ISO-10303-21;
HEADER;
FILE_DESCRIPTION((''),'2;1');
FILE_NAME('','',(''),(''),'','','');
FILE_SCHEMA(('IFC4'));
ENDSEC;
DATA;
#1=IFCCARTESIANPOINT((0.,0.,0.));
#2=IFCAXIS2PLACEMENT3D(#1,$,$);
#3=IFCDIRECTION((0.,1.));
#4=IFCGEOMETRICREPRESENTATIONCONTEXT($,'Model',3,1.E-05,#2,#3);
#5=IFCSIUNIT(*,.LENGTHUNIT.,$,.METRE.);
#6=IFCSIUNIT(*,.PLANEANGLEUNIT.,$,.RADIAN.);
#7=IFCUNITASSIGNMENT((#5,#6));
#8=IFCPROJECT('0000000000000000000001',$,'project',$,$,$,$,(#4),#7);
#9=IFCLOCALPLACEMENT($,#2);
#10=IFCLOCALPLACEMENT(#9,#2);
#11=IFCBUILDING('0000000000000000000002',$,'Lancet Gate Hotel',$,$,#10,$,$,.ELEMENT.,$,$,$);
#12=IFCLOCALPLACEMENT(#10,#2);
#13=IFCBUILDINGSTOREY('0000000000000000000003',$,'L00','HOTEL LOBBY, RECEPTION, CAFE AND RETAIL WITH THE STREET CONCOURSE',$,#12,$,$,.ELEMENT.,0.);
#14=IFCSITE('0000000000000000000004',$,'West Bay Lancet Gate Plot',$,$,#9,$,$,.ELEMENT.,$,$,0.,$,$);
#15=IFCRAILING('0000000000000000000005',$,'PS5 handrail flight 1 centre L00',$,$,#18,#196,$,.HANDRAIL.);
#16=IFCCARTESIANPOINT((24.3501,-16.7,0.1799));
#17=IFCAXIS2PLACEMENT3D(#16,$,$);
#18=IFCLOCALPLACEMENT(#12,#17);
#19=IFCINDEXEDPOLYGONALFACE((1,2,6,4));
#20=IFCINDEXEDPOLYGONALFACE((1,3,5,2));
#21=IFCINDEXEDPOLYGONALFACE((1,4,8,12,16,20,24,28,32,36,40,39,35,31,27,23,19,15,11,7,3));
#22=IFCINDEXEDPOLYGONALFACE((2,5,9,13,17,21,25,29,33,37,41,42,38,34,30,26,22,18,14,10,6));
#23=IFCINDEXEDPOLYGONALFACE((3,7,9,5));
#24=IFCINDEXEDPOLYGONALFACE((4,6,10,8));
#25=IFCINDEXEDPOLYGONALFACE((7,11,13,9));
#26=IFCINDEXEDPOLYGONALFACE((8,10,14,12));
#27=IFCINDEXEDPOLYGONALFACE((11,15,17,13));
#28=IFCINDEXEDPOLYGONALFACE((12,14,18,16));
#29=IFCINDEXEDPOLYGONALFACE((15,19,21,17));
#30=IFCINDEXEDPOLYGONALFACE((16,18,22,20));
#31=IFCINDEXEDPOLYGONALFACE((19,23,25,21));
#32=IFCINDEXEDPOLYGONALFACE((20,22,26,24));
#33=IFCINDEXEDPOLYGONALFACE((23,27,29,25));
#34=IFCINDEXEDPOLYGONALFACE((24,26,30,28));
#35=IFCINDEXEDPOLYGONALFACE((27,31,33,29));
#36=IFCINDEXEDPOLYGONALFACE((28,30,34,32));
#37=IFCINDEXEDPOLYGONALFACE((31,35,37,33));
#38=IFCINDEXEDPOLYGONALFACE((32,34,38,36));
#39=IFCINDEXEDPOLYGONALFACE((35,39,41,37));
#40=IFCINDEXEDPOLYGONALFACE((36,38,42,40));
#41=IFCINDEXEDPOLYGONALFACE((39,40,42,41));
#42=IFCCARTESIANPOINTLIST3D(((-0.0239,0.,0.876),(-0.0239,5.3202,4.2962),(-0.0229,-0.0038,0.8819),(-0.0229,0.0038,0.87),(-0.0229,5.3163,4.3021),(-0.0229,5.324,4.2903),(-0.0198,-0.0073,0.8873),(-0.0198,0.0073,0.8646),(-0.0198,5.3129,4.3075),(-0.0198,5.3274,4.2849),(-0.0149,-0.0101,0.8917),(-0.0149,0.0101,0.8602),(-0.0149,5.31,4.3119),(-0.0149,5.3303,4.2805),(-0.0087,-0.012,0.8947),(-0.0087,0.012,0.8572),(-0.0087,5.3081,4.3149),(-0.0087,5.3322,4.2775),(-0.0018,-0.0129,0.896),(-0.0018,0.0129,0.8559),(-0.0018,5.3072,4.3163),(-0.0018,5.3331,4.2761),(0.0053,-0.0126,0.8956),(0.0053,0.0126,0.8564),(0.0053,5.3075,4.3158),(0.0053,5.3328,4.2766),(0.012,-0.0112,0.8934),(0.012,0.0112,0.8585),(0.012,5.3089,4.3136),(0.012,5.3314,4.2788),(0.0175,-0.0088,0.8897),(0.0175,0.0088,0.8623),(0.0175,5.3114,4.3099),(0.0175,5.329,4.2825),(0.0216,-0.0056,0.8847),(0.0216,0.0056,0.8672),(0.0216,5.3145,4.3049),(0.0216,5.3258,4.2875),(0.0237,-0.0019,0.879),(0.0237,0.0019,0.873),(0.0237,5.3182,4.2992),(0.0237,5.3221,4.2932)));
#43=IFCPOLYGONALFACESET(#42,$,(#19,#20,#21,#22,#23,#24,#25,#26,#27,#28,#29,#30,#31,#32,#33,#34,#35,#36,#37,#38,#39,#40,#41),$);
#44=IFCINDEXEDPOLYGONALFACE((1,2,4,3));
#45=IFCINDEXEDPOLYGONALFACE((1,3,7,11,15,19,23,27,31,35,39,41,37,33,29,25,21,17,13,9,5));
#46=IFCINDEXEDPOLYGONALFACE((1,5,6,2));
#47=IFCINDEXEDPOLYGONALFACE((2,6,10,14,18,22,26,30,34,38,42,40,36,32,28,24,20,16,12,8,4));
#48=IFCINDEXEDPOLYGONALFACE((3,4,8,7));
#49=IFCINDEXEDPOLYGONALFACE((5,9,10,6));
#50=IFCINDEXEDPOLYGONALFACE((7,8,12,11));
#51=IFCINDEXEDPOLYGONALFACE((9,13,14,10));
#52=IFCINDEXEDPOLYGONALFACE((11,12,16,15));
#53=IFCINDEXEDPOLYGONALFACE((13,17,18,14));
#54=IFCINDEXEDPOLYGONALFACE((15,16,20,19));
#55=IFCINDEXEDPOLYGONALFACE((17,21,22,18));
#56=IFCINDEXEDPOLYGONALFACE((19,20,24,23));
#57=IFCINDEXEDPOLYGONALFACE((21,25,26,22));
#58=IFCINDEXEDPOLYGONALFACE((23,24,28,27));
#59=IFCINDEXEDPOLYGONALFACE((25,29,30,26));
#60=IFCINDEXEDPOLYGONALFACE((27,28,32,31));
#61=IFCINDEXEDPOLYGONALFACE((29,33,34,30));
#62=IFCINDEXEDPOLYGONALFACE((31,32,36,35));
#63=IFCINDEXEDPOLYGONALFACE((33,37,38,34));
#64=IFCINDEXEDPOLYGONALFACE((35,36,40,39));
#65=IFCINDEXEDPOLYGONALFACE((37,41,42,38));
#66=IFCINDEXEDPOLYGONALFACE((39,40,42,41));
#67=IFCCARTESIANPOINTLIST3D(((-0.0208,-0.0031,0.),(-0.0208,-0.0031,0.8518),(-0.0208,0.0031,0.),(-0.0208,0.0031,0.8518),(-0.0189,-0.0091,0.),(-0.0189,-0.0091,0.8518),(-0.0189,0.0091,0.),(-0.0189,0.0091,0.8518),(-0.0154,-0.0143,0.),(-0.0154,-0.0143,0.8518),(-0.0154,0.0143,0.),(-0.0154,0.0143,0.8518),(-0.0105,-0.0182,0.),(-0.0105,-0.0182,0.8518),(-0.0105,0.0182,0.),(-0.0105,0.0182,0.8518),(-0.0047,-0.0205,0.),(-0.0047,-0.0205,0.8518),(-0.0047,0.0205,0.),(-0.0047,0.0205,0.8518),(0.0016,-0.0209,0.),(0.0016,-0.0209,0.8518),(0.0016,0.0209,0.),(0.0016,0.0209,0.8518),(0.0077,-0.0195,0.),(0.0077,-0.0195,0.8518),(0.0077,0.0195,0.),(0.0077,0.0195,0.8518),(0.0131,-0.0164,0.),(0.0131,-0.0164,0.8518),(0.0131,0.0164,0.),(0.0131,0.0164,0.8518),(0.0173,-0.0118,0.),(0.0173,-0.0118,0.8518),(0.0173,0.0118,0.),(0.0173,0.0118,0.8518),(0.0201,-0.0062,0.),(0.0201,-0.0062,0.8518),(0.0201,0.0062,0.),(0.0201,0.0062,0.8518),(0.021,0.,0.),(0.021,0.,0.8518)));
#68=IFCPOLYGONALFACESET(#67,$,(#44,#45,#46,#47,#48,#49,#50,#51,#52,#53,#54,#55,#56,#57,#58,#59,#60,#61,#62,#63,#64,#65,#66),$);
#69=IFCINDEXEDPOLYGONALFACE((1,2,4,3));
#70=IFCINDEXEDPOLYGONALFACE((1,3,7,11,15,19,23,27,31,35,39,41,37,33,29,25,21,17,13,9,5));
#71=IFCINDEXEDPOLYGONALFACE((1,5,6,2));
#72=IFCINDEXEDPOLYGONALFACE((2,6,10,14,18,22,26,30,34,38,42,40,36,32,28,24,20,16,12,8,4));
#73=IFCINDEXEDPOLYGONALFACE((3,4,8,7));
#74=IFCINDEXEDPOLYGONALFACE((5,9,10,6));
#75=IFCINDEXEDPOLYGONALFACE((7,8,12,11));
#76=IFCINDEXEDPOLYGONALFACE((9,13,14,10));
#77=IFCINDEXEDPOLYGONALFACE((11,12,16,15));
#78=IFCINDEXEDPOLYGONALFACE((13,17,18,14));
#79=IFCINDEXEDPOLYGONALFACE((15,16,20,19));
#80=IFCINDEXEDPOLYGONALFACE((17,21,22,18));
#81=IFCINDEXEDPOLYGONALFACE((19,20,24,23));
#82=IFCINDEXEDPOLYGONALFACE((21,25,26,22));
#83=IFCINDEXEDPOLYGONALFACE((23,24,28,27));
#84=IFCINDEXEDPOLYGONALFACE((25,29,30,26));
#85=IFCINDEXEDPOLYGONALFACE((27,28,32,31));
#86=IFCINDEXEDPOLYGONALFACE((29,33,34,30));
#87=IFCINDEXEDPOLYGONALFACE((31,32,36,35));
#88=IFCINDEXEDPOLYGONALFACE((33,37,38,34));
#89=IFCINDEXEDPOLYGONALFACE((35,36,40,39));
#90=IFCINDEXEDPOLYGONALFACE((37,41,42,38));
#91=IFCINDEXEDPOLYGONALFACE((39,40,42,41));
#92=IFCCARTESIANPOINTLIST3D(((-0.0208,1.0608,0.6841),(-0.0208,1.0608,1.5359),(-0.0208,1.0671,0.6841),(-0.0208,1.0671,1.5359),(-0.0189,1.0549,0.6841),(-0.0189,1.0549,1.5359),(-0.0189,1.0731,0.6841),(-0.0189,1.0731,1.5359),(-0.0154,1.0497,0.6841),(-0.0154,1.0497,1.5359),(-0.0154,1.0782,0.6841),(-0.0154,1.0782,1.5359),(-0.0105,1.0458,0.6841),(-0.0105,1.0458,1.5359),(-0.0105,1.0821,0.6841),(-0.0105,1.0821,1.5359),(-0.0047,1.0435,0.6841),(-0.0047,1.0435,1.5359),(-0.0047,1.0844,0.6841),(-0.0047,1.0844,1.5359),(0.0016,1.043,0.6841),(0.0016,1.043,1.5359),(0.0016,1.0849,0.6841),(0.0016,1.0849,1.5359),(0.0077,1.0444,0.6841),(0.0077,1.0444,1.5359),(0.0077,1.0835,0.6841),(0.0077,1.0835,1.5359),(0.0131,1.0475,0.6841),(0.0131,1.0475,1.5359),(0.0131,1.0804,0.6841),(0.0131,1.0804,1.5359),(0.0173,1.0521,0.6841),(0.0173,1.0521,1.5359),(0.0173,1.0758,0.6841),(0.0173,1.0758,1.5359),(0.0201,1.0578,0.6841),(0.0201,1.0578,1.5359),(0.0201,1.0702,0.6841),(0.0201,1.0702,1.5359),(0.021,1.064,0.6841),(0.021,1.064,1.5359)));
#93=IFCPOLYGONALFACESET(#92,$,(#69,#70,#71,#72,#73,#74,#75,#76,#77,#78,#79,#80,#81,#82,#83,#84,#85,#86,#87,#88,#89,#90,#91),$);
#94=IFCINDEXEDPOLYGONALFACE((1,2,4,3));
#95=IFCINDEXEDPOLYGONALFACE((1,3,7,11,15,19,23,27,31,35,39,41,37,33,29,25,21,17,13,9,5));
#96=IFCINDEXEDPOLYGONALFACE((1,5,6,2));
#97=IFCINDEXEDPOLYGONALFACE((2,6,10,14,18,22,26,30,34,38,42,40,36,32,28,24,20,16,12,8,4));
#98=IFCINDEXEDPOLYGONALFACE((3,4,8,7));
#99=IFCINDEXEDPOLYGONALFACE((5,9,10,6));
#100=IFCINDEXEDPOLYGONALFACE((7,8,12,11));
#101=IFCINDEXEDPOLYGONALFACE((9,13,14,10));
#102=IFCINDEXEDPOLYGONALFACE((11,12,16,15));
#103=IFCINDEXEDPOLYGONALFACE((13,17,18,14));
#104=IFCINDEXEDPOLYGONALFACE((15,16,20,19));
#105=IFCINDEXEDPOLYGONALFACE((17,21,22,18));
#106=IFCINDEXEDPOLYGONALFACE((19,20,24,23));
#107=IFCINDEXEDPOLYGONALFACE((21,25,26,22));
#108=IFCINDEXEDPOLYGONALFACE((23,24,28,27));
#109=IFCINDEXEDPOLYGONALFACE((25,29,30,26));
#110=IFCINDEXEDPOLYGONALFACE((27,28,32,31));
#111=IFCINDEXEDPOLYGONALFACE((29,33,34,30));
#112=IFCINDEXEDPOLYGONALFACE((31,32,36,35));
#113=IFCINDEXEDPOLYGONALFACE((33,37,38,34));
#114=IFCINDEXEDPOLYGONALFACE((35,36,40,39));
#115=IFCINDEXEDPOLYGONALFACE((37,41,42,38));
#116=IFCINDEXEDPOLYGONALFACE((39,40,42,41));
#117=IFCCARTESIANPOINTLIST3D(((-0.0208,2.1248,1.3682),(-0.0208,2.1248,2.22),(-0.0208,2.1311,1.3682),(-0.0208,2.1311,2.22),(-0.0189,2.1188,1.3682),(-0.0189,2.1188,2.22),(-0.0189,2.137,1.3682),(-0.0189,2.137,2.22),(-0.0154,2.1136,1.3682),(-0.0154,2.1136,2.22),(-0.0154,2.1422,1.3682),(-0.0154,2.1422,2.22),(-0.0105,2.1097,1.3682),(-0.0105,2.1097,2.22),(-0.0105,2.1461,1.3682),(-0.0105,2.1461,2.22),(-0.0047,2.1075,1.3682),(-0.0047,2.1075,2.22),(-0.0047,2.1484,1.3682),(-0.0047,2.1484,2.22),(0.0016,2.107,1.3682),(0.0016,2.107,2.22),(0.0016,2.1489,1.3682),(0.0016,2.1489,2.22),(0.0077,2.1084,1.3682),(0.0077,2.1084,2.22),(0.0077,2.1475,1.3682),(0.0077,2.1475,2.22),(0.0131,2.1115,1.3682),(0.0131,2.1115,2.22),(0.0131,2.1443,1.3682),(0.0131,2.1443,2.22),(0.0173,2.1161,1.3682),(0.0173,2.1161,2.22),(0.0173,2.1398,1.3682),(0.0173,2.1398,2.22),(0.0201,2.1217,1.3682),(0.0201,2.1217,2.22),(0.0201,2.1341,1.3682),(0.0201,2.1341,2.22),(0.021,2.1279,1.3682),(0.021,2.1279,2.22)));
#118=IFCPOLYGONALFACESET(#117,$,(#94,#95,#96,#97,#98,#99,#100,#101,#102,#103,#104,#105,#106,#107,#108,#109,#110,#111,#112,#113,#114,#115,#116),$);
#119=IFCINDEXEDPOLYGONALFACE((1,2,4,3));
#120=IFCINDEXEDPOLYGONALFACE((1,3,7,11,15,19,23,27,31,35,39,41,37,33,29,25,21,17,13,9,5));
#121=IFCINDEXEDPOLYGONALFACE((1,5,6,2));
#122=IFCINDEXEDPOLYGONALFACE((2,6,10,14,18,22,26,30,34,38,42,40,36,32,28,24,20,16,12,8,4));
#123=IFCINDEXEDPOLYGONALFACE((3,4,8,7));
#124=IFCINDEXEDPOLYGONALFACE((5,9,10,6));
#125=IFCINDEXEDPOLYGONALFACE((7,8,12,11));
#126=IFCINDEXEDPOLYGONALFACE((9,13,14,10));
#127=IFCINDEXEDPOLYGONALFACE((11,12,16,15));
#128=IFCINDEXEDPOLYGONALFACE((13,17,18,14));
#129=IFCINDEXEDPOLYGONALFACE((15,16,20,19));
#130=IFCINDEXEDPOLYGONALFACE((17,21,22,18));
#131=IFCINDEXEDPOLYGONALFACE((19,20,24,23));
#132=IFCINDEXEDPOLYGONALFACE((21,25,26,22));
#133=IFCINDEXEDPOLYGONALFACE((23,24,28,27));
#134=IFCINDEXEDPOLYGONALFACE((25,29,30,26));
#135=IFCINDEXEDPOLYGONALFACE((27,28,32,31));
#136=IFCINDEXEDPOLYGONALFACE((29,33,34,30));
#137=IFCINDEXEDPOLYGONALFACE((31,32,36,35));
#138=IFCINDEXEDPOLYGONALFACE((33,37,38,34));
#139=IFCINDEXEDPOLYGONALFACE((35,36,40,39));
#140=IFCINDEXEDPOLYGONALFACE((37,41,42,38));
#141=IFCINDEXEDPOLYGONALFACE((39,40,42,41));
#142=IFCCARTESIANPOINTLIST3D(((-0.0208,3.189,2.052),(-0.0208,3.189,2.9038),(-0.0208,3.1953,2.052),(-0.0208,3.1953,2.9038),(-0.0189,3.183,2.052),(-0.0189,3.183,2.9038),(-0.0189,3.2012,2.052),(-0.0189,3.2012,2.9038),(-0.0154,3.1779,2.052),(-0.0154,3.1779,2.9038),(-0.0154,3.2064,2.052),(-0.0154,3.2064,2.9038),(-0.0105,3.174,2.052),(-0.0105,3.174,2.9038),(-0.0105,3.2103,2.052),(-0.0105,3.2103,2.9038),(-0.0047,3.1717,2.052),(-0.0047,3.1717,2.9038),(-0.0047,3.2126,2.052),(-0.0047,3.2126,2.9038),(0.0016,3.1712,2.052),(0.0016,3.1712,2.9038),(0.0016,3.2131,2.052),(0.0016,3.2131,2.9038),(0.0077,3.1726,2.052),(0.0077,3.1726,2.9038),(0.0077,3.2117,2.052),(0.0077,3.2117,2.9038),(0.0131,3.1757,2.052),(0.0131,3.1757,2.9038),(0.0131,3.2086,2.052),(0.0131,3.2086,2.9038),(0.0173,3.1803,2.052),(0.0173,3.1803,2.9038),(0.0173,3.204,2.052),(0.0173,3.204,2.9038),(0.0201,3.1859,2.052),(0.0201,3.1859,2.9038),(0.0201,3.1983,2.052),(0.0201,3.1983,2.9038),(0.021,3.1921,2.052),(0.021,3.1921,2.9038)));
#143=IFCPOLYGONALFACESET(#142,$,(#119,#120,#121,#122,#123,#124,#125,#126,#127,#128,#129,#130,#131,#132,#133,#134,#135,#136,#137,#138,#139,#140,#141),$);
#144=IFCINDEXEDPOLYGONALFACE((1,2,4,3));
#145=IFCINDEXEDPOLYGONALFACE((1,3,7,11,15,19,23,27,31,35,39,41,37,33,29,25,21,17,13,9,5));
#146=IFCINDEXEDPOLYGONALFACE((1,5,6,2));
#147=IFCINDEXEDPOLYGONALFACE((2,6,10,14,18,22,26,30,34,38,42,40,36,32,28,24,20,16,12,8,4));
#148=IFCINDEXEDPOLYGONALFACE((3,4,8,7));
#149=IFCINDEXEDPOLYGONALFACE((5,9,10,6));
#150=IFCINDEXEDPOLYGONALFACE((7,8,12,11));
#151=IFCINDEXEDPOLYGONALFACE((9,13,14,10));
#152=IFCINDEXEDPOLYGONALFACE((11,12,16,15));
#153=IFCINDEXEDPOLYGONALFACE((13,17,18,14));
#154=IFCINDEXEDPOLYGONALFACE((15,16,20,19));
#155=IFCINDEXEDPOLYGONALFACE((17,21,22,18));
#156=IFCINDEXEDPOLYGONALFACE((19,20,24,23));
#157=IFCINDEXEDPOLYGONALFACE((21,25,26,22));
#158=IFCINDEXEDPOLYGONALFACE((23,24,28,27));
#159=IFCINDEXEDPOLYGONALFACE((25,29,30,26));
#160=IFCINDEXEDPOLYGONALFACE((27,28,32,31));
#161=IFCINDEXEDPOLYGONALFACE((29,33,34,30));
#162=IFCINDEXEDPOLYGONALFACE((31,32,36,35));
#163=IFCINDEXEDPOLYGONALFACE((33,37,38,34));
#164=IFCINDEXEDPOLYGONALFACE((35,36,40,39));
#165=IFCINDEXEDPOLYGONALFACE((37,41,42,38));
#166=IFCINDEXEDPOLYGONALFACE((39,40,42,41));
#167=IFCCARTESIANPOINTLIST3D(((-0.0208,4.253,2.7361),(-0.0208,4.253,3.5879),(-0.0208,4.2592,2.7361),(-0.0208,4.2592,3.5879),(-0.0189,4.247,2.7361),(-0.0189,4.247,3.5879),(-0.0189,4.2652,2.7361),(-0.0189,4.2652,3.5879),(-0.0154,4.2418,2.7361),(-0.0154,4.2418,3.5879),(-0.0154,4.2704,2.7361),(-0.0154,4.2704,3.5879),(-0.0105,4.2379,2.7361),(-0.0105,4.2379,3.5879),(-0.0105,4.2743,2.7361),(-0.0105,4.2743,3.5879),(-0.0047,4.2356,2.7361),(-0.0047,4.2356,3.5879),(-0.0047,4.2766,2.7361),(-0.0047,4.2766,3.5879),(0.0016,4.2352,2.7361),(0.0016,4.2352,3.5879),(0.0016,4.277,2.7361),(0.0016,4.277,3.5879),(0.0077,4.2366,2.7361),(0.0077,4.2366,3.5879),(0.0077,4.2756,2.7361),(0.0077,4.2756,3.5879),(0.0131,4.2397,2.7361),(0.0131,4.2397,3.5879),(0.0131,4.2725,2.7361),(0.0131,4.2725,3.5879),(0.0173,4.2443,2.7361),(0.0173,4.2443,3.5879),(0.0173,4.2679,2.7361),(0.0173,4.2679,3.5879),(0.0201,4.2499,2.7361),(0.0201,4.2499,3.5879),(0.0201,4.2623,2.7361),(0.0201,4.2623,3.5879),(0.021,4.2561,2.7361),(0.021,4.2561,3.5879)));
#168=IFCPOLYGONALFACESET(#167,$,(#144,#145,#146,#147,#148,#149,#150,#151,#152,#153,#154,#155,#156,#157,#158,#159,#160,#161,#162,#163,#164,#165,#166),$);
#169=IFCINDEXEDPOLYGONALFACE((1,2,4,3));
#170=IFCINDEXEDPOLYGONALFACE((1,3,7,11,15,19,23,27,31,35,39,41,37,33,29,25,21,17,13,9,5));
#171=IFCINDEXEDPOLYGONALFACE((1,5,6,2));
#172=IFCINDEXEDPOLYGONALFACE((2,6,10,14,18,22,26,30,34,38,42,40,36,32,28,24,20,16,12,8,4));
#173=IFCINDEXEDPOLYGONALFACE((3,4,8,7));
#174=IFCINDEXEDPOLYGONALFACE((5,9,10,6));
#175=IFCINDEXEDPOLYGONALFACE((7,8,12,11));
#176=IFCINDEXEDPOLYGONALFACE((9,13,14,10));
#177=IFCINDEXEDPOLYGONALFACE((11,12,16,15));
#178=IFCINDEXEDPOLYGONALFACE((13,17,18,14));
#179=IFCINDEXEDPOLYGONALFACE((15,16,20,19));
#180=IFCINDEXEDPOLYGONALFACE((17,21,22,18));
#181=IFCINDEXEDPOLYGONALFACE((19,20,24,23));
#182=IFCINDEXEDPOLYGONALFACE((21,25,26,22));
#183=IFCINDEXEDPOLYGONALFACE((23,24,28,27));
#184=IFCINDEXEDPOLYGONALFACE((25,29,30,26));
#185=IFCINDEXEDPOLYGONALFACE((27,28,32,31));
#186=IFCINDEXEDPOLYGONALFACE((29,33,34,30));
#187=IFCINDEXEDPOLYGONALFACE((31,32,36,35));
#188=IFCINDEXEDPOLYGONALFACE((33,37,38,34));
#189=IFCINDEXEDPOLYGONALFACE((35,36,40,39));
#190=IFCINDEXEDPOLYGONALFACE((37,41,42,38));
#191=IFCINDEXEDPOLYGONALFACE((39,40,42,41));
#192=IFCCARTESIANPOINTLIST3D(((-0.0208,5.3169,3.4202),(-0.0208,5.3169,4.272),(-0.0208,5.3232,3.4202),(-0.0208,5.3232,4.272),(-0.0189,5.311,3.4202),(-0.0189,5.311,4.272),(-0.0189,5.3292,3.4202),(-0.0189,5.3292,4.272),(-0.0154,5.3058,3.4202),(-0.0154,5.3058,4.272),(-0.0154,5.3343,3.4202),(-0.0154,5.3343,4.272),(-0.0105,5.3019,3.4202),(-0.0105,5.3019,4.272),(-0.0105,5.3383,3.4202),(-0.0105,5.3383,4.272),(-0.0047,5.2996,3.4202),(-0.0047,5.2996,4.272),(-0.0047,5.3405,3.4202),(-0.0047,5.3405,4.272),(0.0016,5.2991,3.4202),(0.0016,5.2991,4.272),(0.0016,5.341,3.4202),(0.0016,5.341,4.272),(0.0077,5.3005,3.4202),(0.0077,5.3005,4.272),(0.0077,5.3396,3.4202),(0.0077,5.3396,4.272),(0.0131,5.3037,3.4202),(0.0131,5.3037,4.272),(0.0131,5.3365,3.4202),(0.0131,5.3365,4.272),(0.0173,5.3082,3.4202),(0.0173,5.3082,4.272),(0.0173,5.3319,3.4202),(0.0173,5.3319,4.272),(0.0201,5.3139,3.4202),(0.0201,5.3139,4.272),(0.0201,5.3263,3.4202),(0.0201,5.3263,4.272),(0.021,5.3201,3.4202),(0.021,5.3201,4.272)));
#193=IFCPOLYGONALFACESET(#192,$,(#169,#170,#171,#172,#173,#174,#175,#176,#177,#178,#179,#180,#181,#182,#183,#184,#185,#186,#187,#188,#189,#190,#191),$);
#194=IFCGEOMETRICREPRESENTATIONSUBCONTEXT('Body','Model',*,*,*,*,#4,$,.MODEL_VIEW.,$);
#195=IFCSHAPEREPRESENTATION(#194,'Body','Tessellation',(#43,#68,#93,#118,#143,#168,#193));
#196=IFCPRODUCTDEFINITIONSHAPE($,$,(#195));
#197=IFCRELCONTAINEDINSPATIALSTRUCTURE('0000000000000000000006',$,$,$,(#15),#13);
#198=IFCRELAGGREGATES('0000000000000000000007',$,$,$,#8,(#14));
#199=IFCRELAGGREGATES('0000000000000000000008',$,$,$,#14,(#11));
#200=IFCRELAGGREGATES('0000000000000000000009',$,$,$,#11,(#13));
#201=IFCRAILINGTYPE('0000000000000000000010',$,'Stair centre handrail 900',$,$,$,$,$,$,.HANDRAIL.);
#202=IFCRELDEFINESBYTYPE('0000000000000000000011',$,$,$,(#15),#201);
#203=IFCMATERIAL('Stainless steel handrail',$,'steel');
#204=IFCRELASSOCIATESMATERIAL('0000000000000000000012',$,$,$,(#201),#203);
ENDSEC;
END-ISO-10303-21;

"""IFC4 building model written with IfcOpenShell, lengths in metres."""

from ifc_helpers import new_model, si_unit, direction, frame, origin, origin_2d, place, context, subcontext, project, spatial, circle, extrude, material, type_object, element, save


model = new_model("IFC4")

# Units and contexts
model_context = context("Model", 3, precision=1e-05, world=origin(), true_north=direction((0.0, 1.0)))
body_context = subcontext(model_context, "Body", "Model", "MODEL_VIEW")
ifc_project = project(units=[si_unit("LENGTHUNIT", "METRE"), si_unit("PLANEANGLEUNIT", "RADIAN")], contexts=[model_context])

# Site, building, storey
site_placement = place(None, origin())
site = spatial("IfcSite", under=ifc_project, at=site_placement, Name="West Bay Lancet Gate Plot", CompositionType="ELEMENT", RefElevation=0.0)
building_placement = place(site_placement, origin())
building = spatial("IfcBuilding", under=site, at=building_placement, Name="Lancet Gate Hotel", CompositionType="ELEMENT")
storey_placement = place(building_placement, origin())
storey = spatial("IfcBuildingStorey", under=building, at=storey_placement, Name="L00", Description="HOTEL LOBBY, RECEPTION, CAFE AND RETAIL WITH THE STREET CONCOURSE", CompositionType="ELEMENT", Elevation=0.0)

# Railing
ifc_material_1 = material(Name="Stainless steel handrail", Category="steel")
railing_type_1 = type_object("IfcRailingType", Name="Stair centre handrail 900", PredefinedType="HANDRAIL", material=ifc_material_1)
railing_placement = place(storey_placement, frame((24.3501, -16.7, 0.1799)))
element("IfcRailing", 1, at=railing_placement, inside=storey, type_object=railing_type_1, Name="PS5 handrail flight 1 centre L00", PredefinedType="HANDRAIL", context=body_context, shape_type="SweptSolid", body=[
    extrude(circle(Radius=0.0239, at=origin_2d()), frame((0.0, 0.0, 0.876), z_axis=(0.0, 0.84117, 0.540771), x_axis=(-1.0, 0.0, 0.0)), (0.0, 0.0, 1.0), 6.3247),
    extrude(circle(Radius=0.021, at=origin_2d()), origin(), (0.0, 0.0, 1.0), 0.8518),
    extrude(circle(Radius=0.021, at=origin_2d()), frame((0.0, 1.064, 0.6841)), (0.0, 0.0, 1.0), 0.8518),
    extrude(circle(Radius=0.021, at=origin_2d()), frame((0.0, 2.1279, 1.3682)), (0.0, 0.0, 1.0), 0.8518),
    extrude(circle(Radius=0.021, at=origin_2d()), frame((0.0, 3.1921, 2.052)), (0.0, 0.0, 1.0), 0.8518),
    extrude(circle(Radius=0.021, at=origin_2d()), frame((0.0, 4.2561, 2.7361)), (0.0, 0.0, 1.0), 0.8518),
    extrude(circle(Radius=0.021, at=origin_2d()), frame((0.0, 5.3201, 3.4202)), (0.0, 0.0, 1.0), 0.8518),
])

save(model, "model.ifc")
